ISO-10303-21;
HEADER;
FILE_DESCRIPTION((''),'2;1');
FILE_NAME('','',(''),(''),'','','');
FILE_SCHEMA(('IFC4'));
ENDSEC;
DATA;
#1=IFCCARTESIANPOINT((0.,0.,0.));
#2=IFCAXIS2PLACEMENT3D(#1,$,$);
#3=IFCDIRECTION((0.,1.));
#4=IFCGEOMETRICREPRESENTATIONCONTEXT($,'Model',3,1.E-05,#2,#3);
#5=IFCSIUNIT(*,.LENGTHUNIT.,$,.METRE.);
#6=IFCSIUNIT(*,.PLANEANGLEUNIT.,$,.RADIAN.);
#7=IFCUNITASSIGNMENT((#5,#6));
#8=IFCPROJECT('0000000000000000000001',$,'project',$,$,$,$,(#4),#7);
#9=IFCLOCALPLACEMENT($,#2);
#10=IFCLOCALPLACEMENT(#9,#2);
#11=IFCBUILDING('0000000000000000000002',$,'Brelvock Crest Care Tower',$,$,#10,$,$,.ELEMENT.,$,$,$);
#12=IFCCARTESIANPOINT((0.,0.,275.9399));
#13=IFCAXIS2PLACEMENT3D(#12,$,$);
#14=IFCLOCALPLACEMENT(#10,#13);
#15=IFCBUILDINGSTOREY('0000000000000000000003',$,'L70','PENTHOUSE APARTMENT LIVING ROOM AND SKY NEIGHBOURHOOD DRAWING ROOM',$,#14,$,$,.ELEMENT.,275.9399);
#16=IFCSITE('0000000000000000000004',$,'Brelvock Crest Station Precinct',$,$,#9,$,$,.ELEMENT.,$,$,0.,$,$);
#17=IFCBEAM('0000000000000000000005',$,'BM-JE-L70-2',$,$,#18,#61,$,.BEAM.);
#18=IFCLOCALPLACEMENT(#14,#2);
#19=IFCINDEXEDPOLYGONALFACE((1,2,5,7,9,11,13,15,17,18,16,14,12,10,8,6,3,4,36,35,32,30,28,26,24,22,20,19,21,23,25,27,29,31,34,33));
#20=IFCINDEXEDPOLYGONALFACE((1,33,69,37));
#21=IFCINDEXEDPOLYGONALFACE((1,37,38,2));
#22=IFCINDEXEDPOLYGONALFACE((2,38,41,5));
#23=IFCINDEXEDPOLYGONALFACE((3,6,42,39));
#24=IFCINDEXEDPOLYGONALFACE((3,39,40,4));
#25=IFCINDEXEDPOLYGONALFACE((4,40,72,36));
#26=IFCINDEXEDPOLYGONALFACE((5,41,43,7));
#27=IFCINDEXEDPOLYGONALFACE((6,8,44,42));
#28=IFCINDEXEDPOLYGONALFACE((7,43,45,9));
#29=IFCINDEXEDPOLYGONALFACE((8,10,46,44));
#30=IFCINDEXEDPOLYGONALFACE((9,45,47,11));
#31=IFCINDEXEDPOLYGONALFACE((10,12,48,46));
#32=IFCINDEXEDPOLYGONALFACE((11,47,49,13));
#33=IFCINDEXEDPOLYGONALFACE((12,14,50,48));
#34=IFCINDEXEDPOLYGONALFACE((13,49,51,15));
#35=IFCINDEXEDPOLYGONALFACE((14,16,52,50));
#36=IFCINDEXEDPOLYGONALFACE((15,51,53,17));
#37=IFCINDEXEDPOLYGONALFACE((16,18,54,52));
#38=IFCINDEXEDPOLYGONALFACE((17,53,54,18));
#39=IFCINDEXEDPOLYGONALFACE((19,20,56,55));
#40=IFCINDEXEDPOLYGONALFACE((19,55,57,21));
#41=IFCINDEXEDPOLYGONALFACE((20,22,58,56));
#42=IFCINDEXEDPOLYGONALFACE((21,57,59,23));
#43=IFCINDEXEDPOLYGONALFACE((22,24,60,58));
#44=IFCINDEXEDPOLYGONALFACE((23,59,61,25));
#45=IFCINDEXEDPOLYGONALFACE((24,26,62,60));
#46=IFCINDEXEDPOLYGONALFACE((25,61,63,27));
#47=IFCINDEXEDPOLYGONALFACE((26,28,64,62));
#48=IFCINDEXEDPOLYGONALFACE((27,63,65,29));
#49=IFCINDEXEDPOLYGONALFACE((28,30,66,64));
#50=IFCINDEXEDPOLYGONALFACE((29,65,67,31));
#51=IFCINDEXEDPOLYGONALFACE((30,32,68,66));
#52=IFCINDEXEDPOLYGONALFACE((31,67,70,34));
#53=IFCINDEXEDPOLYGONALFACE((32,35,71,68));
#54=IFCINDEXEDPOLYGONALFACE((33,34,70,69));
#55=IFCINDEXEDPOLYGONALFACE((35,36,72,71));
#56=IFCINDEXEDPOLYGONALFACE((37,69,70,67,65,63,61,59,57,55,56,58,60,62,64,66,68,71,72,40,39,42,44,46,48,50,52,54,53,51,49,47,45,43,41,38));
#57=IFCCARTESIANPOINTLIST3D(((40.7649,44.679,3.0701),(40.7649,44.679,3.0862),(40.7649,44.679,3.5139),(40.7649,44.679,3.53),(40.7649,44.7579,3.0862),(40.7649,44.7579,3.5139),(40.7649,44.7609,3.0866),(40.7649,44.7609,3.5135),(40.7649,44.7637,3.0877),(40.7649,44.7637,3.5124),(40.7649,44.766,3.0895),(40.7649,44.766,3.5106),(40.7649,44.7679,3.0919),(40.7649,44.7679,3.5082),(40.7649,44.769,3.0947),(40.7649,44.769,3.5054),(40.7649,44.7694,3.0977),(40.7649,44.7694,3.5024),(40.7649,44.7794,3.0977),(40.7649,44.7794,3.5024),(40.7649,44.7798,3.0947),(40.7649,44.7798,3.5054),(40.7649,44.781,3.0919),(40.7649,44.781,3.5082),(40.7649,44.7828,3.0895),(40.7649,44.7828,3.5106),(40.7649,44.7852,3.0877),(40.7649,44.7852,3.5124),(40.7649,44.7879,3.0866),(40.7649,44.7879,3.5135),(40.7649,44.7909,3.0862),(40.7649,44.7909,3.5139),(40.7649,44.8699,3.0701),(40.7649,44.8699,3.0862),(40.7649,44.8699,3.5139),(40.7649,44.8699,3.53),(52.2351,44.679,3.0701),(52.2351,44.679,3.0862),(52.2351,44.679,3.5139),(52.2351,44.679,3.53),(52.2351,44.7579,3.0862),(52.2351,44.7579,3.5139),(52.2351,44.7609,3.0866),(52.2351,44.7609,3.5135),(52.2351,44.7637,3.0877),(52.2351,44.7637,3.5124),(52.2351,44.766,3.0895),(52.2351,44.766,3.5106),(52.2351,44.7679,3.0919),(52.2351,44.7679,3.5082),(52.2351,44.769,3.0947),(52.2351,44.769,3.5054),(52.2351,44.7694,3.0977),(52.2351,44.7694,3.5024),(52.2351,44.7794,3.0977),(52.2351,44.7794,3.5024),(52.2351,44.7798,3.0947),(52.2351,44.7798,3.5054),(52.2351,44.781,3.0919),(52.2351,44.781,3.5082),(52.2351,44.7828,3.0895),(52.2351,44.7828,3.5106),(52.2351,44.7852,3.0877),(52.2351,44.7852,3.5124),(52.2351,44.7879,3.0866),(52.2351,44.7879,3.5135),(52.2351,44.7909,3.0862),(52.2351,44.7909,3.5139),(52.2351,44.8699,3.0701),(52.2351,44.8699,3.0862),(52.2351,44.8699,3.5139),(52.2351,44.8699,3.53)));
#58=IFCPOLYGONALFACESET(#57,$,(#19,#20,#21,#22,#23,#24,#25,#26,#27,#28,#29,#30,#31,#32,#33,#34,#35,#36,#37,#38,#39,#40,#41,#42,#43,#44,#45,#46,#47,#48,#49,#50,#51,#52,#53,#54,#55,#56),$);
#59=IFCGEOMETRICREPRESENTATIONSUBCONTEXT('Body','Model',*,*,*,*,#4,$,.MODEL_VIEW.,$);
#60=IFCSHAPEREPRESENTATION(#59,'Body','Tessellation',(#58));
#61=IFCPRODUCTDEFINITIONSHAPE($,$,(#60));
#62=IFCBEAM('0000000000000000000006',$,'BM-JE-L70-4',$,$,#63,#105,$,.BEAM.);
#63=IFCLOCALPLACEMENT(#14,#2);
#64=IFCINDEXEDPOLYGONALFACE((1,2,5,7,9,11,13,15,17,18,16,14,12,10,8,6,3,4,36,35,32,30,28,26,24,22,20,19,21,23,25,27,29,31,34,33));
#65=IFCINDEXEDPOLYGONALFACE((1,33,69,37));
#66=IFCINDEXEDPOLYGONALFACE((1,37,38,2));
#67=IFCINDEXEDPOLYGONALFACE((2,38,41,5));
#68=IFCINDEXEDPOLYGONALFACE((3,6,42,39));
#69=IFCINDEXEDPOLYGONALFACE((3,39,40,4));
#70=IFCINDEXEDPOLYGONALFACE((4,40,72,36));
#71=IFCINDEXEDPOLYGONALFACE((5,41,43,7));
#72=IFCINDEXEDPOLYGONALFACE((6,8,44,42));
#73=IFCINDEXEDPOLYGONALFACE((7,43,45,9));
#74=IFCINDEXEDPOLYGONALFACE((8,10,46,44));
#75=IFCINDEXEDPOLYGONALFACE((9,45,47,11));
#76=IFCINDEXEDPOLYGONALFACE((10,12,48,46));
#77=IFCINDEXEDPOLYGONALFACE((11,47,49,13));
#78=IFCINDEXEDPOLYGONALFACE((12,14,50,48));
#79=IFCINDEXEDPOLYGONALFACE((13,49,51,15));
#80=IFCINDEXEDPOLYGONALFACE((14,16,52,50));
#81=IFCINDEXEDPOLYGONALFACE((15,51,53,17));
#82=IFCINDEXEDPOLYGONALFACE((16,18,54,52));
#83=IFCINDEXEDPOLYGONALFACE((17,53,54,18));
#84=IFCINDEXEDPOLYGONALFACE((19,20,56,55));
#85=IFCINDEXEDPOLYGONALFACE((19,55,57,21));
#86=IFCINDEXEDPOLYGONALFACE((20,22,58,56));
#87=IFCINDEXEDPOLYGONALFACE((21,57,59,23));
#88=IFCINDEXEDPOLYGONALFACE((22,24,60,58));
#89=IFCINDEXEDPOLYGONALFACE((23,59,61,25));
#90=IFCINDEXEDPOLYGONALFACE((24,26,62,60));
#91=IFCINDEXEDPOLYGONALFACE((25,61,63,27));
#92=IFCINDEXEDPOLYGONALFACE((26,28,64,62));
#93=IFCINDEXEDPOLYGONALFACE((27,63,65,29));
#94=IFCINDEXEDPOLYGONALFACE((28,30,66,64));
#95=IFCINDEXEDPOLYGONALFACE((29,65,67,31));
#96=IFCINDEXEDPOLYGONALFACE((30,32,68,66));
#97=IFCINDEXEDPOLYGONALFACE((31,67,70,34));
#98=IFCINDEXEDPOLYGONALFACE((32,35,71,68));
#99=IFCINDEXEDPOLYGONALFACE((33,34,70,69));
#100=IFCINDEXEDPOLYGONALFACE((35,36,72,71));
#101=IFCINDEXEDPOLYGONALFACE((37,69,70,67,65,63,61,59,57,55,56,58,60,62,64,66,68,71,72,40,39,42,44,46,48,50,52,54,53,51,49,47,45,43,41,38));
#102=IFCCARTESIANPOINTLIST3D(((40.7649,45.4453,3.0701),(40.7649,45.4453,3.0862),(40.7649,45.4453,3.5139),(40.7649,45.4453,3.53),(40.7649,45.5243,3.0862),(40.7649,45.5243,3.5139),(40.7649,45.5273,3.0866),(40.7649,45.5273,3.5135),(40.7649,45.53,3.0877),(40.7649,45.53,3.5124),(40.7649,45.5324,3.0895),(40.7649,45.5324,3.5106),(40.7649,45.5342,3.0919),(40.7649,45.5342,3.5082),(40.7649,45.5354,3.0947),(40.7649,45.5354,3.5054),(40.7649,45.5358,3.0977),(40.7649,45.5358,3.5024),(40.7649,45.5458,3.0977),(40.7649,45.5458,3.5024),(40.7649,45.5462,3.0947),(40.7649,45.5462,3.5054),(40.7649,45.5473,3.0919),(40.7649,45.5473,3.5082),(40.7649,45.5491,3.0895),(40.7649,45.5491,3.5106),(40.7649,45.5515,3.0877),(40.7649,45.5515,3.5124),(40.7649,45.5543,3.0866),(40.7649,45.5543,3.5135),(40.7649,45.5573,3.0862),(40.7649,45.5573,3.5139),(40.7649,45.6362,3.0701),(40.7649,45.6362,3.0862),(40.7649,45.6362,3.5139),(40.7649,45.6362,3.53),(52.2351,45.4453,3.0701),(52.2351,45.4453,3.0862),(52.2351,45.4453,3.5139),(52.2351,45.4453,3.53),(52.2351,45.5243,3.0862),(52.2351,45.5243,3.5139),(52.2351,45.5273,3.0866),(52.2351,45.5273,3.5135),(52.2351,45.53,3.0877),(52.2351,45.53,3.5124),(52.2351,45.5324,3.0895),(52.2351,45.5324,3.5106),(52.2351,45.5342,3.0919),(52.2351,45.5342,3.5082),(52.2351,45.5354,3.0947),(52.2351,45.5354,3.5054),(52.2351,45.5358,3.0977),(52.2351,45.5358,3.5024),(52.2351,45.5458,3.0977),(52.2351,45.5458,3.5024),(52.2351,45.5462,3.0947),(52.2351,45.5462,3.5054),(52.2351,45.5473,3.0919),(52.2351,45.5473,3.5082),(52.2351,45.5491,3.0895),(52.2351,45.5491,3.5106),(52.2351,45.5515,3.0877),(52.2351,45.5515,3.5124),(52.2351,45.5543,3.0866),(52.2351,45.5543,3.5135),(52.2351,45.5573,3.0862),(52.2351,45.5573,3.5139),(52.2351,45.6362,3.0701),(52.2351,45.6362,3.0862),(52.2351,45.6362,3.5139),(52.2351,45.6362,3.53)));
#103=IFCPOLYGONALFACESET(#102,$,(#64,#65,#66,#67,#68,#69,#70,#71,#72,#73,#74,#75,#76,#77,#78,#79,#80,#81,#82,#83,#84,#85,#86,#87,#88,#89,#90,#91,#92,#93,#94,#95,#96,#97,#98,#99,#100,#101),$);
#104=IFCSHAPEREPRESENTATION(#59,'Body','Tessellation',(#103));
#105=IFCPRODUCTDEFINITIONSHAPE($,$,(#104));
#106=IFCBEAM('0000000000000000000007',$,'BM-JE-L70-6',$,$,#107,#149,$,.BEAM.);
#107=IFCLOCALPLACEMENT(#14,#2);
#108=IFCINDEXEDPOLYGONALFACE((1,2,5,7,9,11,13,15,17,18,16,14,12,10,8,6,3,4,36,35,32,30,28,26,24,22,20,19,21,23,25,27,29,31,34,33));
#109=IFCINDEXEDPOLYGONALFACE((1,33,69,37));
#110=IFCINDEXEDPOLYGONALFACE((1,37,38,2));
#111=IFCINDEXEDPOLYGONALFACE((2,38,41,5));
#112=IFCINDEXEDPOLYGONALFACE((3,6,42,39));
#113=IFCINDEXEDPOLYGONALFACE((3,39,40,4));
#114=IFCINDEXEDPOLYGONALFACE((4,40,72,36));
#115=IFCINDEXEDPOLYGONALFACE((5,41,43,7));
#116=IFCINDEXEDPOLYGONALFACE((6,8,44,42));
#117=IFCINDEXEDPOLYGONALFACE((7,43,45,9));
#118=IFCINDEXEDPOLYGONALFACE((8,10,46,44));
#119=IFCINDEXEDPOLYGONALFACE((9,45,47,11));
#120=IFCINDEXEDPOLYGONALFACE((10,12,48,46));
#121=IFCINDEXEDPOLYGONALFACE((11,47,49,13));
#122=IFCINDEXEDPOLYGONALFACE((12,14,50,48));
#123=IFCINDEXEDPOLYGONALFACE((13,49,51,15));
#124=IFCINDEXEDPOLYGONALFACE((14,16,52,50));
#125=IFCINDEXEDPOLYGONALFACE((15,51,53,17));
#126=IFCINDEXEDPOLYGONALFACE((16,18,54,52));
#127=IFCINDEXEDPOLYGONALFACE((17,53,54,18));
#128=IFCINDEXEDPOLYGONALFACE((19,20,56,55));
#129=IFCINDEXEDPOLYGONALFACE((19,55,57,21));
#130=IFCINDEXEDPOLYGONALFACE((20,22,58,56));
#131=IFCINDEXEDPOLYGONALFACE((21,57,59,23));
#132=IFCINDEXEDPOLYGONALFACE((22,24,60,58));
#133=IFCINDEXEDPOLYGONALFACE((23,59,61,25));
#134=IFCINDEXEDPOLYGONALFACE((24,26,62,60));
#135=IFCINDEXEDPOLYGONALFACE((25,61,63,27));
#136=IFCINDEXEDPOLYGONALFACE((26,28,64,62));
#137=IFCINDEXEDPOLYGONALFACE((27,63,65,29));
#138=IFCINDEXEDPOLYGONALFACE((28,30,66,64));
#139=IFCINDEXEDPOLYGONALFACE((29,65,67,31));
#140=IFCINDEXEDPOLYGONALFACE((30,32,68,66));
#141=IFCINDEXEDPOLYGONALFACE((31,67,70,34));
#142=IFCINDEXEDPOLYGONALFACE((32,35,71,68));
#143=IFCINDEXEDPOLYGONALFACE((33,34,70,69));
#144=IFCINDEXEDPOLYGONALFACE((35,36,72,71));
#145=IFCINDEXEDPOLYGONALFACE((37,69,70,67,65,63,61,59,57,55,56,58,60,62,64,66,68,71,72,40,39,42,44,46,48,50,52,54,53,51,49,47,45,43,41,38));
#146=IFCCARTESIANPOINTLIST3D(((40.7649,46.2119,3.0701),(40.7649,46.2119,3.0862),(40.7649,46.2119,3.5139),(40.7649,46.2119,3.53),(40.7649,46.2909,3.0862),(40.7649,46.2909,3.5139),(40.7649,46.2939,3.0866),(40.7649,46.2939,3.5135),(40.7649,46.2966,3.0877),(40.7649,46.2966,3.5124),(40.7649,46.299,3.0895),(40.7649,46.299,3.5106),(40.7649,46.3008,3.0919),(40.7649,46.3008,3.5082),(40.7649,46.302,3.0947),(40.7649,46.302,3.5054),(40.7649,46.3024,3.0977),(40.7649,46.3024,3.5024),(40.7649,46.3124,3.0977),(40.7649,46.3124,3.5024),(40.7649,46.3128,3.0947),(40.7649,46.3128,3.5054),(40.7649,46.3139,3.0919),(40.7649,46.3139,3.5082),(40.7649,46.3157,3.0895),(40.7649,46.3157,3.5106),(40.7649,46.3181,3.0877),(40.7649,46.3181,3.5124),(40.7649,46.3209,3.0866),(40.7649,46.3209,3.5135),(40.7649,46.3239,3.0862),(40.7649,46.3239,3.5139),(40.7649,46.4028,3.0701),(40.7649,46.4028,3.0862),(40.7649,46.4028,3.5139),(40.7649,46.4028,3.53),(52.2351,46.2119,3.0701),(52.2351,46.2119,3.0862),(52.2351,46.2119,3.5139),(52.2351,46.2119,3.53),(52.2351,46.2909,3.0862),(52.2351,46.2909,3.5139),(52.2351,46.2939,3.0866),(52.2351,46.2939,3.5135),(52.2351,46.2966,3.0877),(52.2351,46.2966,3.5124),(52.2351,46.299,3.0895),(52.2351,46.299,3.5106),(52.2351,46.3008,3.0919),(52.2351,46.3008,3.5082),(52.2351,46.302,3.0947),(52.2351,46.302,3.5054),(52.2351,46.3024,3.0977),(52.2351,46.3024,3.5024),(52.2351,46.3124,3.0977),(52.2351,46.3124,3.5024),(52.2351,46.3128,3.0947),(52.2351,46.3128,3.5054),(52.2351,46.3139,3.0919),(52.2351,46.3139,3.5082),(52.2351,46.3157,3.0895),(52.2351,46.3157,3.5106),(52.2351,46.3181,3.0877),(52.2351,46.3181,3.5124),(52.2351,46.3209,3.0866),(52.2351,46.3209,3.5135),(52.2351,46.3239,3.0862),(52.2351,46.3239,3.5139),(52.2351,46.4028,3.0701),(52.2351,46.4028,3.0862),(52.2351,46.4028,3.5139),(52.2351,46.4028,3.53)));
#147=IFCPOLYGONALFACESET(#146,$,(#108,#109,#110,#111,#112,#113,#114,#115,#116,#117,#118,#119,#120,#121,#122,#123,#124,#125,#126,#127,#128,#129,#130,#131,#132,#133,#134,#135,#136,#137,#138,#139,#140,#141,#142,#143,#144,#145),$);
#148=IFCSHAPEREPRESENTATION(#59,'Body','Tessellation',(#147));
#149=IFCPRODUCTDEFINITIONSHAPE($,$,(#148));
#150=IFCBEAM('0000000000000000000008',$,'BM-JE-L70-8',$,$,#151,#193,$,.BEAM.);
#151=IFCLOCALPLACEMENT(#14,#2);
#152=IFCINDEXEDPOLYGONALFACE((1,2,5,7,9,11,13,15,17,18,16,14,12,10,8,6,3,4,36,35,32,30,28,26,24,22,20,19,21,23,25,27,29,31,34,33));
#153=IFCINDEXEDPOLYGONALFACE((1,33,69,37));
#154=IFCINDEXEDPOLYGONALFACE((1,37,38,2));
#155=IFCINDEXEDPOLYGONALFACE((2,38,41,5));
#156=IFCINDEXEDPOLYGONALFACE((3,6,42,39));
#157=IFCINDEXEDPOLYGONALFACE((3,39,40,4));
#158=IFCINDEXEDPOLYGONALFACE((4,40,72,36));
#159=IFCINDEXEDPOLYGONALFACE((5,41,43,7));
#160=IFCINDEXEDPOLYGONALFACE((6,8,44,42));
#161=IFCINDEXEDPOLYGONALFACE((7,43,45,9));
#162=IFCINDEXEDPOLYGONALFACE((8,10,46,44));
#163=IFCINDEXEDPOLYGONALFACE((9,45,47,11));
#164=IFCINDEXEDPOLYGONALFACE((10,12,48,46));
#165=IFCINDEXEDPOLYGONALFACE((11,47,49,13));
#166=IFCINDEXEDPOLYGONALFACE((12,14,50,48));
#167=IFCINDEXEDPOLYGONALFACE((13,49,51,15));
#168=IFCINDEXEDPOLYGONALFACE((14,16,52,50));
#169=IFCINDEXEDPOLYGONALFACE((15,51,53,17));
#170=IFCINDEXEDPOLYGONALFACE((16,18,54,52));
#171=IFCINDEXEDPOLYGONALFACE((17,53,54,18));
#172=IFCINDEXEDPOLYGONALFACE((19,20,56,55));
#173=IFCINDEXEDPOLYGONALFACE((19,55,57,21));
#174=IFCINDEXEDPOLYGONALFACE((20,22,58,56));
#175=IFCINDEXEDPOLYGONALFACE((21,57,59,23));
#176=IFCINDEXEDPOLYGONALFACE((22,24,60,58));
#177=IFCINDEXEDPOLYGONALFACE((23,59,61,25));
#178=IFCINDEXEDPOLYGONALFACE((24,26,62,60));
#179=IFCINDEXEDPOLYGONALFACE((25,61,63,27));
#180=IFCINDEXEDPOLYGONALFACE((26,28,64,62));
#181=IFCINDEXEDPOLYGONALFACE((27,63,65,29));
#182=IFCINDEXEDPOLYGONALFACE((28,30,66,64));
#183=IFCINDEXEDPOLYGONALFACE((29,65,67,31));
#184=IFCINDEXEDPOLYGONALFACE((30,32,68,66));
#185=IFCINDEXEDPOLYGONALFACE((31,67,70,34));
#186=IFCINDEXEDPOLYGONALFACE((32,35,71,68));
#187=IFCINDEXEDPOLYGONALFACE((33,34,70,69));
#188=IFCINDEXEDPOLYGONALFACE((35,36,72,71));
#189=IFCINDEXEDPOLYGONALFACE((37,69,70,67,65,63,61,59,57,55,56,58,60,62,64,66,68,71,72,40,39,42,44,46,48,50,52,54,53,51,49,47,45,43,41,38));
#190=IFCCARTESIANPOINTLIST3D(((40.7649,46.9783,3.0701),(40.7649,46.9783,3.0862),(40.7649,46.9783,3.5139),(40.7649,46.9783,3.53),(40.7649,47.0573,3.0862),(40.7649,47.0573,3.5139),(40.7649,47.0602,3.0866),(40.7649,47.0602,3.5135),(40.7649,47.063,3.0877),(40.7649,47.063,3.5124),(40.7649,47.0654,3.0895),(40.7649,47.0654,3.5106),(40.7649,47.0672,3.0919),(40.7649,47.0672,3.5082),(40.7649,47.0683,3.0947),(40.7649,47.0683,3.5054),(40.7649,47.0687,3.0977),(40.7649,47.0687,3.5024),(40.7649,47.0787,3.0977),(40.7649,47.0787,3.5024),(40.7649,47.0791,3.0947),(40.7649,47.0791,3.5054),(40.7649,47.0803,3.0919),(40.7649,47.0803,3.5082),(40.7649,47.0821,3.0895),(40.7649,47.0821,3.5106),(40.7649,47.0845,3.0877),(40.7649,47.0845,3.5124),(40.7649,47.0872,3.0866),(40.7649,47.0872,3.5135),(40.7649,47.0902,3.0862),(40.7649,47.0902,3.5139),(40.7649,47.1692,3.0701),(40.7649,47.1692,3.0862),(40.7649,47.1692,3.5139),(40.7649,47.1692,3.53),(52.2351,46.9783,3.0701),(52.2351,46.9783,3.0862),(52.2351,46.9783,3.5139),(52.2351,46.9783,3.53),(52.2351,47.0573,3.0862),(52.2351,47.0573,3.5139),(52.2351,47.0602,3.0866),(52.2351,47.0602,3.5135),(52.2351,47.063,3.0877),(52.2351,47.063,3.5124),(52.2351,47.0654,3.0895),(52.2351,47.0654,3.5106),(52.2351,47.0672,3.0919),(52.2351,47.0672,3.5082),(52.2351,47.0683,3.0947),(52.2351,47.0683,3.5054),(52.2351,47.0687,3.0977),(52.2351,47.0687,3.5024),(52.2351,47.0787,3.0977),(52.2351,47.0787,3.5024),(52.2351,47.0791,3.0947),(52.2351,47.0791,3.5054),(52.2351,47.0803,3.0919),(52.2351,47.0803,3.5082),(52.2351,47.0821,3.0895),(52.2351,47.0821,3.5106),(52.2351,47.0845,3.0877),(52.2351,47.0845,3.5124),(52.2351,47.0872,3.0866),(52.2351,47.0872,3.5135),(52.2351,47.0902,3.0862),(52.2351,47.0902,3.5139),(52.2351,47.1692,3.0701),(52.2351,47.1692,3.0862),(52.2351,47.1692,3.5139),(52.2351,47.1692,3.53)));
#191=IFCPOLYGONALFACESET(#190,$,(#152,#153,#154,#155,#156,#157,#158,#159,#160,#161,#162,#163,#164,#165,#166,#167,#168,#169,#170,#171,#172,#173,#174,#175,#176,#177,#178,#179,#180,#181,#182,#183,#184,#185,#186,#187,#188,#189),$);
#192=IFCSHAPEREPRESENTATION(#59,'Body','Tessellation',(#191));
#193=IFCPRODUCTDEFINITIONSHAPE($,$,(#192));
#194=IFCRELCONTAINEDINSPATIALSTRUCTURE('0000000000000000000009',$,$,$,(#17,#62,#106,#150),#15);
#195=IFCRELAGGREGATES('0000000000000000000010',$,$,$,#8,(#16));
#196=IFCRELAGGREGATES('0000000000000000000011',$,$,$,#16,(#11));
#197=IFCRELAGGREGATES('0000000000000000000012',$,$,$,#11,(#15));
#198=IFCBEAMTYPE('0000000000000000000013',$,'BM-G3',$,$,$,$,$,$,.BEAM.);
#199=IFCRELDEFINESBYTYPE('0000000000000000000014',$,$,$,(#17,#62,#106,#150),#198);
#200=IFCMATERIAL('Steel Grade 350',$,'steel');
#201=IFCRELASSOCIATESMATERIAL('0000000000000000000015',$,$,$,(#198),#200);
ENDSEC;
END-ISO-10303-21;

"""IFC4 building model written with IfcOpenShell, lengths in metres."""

from ifc_helpers import new_model, si_unit, direction, frame, origin, origin_2d, place, context, subcontext, project, spatial, i_section, extrude, source, transform, mapped, material, material_profile, profile_set, type_object, element, save


model = new_model("IFC4")

# Units and contexts
model_context = context("Model", 3, precision=1e-05, world=origin(), true_north=direction((0.0, 1.0)))
body_context = subcontext(model_context, "Body", "Model", "MODEL_VIEW")
ifc_project = project(units=[si_unit("LENGTHUNIT", "METRE"), si_unit("PLANEANGLEUNIT", "RADIAN")], contexts=[model_context])

# Site, building, storey
site_placement = place(None, origin())
site = spatial("IfcSite", under=ifc_project, at=site_placement, Name="Brelvock Crest Station Precinct", CompositionType="ELEMENT", RefElevation=0.0)
building_placement = place(site_placement, origin())
building = spatial("IfcBuilding", under=site, at=building_placement, Name="Brelvock Crest Care Tower", CompositionType="ELEMENT")
storey_placement = place(building_placement, frame((0.0, 0.0, 275.9399)))
storey = spatial("IfcBuildingStorey", under=building, at=storey_placement, Name="L70", Description="PENTHOUSE APARTMENT LIVING ROOM AND SKY NEIGHBOURHOOD DRAWING ROOM", CompositionType="ELEMENT", Elevation=275.9399)

# Beams
ifc_material_1 = material(Name="Steel Grade 350", Category="steel")
ifc_material_profile_1 = material_profile(ifc_material_1, i_section(OverallWidth=0.1909, OverallDepth=0.46, WebThickness=0.01, FlangeThickness=0.0161, FilletRadius=0.0115, at=origin_2d()), Name="460UB82.1")
ifc_profile_set_1 = profile_set([ifc_material_profile_1], Name="Steel Grade 350")
beam_type_1 = type_object("IfcBeamType", Name="BM-G3", PredefinedType="BEAM", material=ifc_profile_set_1)
shared_shape_1 = source(origin(), body_context, "Body", "SweptSolid", [
    extrude(i_section(OverallWidth=0.1909, OverallDepth=0.46, WebThickness=0.01, FlangeThickness=0.0161, FilletRadius=0.0115, at=origin_2d()), origin(), (0.0, 0.0, 1.0), 11.4702),
])
for number, where, z_axis, x_axis, name in (
    (1, (40.7649, 44.7744, 3.3), (1.0, 0.0, 0.0), (0.0, 1.0, 0.0), "BM-JE-L70-2"),
    (2, (40.7649, 45.5408, 3.3), (1.0, 0.0, 0.0), (0.0, 1.0, 0.0), "BM-JE-L70-4"),
    (3, (40.7649, 46.3074, 3.3), (1.0, 0.0, 0.0), (0.0, 1.0, 0.0), "BM-JE-L70-6"),
    (4, (40.7649, 47.0737, 3.3), (1.0, 0.0, 0.0), (0.0, 1.0, 0.0), "BM-JE-L70-8"),
):
    element("IfcBeam", number, at=place(storey_placement, frame(where, z_axis=z_axis, x_axis=x_axis)), inside=storey, type_object=beam_type_1, Name=name, PredefinedType="BEAM", context=body_context, shape_type="MappedRepresentation", body=[
        mapped(shared_shape_1, transform((0.0, 0.0, 0.0), x_axis=(1.0, 0.0, 0.0), y_axis=(0.0, 1.0, 0.0), z_axis=(0.0, 0.0, 1.0), scale=1.0)),
    ])

save(model, "model.ifc")
